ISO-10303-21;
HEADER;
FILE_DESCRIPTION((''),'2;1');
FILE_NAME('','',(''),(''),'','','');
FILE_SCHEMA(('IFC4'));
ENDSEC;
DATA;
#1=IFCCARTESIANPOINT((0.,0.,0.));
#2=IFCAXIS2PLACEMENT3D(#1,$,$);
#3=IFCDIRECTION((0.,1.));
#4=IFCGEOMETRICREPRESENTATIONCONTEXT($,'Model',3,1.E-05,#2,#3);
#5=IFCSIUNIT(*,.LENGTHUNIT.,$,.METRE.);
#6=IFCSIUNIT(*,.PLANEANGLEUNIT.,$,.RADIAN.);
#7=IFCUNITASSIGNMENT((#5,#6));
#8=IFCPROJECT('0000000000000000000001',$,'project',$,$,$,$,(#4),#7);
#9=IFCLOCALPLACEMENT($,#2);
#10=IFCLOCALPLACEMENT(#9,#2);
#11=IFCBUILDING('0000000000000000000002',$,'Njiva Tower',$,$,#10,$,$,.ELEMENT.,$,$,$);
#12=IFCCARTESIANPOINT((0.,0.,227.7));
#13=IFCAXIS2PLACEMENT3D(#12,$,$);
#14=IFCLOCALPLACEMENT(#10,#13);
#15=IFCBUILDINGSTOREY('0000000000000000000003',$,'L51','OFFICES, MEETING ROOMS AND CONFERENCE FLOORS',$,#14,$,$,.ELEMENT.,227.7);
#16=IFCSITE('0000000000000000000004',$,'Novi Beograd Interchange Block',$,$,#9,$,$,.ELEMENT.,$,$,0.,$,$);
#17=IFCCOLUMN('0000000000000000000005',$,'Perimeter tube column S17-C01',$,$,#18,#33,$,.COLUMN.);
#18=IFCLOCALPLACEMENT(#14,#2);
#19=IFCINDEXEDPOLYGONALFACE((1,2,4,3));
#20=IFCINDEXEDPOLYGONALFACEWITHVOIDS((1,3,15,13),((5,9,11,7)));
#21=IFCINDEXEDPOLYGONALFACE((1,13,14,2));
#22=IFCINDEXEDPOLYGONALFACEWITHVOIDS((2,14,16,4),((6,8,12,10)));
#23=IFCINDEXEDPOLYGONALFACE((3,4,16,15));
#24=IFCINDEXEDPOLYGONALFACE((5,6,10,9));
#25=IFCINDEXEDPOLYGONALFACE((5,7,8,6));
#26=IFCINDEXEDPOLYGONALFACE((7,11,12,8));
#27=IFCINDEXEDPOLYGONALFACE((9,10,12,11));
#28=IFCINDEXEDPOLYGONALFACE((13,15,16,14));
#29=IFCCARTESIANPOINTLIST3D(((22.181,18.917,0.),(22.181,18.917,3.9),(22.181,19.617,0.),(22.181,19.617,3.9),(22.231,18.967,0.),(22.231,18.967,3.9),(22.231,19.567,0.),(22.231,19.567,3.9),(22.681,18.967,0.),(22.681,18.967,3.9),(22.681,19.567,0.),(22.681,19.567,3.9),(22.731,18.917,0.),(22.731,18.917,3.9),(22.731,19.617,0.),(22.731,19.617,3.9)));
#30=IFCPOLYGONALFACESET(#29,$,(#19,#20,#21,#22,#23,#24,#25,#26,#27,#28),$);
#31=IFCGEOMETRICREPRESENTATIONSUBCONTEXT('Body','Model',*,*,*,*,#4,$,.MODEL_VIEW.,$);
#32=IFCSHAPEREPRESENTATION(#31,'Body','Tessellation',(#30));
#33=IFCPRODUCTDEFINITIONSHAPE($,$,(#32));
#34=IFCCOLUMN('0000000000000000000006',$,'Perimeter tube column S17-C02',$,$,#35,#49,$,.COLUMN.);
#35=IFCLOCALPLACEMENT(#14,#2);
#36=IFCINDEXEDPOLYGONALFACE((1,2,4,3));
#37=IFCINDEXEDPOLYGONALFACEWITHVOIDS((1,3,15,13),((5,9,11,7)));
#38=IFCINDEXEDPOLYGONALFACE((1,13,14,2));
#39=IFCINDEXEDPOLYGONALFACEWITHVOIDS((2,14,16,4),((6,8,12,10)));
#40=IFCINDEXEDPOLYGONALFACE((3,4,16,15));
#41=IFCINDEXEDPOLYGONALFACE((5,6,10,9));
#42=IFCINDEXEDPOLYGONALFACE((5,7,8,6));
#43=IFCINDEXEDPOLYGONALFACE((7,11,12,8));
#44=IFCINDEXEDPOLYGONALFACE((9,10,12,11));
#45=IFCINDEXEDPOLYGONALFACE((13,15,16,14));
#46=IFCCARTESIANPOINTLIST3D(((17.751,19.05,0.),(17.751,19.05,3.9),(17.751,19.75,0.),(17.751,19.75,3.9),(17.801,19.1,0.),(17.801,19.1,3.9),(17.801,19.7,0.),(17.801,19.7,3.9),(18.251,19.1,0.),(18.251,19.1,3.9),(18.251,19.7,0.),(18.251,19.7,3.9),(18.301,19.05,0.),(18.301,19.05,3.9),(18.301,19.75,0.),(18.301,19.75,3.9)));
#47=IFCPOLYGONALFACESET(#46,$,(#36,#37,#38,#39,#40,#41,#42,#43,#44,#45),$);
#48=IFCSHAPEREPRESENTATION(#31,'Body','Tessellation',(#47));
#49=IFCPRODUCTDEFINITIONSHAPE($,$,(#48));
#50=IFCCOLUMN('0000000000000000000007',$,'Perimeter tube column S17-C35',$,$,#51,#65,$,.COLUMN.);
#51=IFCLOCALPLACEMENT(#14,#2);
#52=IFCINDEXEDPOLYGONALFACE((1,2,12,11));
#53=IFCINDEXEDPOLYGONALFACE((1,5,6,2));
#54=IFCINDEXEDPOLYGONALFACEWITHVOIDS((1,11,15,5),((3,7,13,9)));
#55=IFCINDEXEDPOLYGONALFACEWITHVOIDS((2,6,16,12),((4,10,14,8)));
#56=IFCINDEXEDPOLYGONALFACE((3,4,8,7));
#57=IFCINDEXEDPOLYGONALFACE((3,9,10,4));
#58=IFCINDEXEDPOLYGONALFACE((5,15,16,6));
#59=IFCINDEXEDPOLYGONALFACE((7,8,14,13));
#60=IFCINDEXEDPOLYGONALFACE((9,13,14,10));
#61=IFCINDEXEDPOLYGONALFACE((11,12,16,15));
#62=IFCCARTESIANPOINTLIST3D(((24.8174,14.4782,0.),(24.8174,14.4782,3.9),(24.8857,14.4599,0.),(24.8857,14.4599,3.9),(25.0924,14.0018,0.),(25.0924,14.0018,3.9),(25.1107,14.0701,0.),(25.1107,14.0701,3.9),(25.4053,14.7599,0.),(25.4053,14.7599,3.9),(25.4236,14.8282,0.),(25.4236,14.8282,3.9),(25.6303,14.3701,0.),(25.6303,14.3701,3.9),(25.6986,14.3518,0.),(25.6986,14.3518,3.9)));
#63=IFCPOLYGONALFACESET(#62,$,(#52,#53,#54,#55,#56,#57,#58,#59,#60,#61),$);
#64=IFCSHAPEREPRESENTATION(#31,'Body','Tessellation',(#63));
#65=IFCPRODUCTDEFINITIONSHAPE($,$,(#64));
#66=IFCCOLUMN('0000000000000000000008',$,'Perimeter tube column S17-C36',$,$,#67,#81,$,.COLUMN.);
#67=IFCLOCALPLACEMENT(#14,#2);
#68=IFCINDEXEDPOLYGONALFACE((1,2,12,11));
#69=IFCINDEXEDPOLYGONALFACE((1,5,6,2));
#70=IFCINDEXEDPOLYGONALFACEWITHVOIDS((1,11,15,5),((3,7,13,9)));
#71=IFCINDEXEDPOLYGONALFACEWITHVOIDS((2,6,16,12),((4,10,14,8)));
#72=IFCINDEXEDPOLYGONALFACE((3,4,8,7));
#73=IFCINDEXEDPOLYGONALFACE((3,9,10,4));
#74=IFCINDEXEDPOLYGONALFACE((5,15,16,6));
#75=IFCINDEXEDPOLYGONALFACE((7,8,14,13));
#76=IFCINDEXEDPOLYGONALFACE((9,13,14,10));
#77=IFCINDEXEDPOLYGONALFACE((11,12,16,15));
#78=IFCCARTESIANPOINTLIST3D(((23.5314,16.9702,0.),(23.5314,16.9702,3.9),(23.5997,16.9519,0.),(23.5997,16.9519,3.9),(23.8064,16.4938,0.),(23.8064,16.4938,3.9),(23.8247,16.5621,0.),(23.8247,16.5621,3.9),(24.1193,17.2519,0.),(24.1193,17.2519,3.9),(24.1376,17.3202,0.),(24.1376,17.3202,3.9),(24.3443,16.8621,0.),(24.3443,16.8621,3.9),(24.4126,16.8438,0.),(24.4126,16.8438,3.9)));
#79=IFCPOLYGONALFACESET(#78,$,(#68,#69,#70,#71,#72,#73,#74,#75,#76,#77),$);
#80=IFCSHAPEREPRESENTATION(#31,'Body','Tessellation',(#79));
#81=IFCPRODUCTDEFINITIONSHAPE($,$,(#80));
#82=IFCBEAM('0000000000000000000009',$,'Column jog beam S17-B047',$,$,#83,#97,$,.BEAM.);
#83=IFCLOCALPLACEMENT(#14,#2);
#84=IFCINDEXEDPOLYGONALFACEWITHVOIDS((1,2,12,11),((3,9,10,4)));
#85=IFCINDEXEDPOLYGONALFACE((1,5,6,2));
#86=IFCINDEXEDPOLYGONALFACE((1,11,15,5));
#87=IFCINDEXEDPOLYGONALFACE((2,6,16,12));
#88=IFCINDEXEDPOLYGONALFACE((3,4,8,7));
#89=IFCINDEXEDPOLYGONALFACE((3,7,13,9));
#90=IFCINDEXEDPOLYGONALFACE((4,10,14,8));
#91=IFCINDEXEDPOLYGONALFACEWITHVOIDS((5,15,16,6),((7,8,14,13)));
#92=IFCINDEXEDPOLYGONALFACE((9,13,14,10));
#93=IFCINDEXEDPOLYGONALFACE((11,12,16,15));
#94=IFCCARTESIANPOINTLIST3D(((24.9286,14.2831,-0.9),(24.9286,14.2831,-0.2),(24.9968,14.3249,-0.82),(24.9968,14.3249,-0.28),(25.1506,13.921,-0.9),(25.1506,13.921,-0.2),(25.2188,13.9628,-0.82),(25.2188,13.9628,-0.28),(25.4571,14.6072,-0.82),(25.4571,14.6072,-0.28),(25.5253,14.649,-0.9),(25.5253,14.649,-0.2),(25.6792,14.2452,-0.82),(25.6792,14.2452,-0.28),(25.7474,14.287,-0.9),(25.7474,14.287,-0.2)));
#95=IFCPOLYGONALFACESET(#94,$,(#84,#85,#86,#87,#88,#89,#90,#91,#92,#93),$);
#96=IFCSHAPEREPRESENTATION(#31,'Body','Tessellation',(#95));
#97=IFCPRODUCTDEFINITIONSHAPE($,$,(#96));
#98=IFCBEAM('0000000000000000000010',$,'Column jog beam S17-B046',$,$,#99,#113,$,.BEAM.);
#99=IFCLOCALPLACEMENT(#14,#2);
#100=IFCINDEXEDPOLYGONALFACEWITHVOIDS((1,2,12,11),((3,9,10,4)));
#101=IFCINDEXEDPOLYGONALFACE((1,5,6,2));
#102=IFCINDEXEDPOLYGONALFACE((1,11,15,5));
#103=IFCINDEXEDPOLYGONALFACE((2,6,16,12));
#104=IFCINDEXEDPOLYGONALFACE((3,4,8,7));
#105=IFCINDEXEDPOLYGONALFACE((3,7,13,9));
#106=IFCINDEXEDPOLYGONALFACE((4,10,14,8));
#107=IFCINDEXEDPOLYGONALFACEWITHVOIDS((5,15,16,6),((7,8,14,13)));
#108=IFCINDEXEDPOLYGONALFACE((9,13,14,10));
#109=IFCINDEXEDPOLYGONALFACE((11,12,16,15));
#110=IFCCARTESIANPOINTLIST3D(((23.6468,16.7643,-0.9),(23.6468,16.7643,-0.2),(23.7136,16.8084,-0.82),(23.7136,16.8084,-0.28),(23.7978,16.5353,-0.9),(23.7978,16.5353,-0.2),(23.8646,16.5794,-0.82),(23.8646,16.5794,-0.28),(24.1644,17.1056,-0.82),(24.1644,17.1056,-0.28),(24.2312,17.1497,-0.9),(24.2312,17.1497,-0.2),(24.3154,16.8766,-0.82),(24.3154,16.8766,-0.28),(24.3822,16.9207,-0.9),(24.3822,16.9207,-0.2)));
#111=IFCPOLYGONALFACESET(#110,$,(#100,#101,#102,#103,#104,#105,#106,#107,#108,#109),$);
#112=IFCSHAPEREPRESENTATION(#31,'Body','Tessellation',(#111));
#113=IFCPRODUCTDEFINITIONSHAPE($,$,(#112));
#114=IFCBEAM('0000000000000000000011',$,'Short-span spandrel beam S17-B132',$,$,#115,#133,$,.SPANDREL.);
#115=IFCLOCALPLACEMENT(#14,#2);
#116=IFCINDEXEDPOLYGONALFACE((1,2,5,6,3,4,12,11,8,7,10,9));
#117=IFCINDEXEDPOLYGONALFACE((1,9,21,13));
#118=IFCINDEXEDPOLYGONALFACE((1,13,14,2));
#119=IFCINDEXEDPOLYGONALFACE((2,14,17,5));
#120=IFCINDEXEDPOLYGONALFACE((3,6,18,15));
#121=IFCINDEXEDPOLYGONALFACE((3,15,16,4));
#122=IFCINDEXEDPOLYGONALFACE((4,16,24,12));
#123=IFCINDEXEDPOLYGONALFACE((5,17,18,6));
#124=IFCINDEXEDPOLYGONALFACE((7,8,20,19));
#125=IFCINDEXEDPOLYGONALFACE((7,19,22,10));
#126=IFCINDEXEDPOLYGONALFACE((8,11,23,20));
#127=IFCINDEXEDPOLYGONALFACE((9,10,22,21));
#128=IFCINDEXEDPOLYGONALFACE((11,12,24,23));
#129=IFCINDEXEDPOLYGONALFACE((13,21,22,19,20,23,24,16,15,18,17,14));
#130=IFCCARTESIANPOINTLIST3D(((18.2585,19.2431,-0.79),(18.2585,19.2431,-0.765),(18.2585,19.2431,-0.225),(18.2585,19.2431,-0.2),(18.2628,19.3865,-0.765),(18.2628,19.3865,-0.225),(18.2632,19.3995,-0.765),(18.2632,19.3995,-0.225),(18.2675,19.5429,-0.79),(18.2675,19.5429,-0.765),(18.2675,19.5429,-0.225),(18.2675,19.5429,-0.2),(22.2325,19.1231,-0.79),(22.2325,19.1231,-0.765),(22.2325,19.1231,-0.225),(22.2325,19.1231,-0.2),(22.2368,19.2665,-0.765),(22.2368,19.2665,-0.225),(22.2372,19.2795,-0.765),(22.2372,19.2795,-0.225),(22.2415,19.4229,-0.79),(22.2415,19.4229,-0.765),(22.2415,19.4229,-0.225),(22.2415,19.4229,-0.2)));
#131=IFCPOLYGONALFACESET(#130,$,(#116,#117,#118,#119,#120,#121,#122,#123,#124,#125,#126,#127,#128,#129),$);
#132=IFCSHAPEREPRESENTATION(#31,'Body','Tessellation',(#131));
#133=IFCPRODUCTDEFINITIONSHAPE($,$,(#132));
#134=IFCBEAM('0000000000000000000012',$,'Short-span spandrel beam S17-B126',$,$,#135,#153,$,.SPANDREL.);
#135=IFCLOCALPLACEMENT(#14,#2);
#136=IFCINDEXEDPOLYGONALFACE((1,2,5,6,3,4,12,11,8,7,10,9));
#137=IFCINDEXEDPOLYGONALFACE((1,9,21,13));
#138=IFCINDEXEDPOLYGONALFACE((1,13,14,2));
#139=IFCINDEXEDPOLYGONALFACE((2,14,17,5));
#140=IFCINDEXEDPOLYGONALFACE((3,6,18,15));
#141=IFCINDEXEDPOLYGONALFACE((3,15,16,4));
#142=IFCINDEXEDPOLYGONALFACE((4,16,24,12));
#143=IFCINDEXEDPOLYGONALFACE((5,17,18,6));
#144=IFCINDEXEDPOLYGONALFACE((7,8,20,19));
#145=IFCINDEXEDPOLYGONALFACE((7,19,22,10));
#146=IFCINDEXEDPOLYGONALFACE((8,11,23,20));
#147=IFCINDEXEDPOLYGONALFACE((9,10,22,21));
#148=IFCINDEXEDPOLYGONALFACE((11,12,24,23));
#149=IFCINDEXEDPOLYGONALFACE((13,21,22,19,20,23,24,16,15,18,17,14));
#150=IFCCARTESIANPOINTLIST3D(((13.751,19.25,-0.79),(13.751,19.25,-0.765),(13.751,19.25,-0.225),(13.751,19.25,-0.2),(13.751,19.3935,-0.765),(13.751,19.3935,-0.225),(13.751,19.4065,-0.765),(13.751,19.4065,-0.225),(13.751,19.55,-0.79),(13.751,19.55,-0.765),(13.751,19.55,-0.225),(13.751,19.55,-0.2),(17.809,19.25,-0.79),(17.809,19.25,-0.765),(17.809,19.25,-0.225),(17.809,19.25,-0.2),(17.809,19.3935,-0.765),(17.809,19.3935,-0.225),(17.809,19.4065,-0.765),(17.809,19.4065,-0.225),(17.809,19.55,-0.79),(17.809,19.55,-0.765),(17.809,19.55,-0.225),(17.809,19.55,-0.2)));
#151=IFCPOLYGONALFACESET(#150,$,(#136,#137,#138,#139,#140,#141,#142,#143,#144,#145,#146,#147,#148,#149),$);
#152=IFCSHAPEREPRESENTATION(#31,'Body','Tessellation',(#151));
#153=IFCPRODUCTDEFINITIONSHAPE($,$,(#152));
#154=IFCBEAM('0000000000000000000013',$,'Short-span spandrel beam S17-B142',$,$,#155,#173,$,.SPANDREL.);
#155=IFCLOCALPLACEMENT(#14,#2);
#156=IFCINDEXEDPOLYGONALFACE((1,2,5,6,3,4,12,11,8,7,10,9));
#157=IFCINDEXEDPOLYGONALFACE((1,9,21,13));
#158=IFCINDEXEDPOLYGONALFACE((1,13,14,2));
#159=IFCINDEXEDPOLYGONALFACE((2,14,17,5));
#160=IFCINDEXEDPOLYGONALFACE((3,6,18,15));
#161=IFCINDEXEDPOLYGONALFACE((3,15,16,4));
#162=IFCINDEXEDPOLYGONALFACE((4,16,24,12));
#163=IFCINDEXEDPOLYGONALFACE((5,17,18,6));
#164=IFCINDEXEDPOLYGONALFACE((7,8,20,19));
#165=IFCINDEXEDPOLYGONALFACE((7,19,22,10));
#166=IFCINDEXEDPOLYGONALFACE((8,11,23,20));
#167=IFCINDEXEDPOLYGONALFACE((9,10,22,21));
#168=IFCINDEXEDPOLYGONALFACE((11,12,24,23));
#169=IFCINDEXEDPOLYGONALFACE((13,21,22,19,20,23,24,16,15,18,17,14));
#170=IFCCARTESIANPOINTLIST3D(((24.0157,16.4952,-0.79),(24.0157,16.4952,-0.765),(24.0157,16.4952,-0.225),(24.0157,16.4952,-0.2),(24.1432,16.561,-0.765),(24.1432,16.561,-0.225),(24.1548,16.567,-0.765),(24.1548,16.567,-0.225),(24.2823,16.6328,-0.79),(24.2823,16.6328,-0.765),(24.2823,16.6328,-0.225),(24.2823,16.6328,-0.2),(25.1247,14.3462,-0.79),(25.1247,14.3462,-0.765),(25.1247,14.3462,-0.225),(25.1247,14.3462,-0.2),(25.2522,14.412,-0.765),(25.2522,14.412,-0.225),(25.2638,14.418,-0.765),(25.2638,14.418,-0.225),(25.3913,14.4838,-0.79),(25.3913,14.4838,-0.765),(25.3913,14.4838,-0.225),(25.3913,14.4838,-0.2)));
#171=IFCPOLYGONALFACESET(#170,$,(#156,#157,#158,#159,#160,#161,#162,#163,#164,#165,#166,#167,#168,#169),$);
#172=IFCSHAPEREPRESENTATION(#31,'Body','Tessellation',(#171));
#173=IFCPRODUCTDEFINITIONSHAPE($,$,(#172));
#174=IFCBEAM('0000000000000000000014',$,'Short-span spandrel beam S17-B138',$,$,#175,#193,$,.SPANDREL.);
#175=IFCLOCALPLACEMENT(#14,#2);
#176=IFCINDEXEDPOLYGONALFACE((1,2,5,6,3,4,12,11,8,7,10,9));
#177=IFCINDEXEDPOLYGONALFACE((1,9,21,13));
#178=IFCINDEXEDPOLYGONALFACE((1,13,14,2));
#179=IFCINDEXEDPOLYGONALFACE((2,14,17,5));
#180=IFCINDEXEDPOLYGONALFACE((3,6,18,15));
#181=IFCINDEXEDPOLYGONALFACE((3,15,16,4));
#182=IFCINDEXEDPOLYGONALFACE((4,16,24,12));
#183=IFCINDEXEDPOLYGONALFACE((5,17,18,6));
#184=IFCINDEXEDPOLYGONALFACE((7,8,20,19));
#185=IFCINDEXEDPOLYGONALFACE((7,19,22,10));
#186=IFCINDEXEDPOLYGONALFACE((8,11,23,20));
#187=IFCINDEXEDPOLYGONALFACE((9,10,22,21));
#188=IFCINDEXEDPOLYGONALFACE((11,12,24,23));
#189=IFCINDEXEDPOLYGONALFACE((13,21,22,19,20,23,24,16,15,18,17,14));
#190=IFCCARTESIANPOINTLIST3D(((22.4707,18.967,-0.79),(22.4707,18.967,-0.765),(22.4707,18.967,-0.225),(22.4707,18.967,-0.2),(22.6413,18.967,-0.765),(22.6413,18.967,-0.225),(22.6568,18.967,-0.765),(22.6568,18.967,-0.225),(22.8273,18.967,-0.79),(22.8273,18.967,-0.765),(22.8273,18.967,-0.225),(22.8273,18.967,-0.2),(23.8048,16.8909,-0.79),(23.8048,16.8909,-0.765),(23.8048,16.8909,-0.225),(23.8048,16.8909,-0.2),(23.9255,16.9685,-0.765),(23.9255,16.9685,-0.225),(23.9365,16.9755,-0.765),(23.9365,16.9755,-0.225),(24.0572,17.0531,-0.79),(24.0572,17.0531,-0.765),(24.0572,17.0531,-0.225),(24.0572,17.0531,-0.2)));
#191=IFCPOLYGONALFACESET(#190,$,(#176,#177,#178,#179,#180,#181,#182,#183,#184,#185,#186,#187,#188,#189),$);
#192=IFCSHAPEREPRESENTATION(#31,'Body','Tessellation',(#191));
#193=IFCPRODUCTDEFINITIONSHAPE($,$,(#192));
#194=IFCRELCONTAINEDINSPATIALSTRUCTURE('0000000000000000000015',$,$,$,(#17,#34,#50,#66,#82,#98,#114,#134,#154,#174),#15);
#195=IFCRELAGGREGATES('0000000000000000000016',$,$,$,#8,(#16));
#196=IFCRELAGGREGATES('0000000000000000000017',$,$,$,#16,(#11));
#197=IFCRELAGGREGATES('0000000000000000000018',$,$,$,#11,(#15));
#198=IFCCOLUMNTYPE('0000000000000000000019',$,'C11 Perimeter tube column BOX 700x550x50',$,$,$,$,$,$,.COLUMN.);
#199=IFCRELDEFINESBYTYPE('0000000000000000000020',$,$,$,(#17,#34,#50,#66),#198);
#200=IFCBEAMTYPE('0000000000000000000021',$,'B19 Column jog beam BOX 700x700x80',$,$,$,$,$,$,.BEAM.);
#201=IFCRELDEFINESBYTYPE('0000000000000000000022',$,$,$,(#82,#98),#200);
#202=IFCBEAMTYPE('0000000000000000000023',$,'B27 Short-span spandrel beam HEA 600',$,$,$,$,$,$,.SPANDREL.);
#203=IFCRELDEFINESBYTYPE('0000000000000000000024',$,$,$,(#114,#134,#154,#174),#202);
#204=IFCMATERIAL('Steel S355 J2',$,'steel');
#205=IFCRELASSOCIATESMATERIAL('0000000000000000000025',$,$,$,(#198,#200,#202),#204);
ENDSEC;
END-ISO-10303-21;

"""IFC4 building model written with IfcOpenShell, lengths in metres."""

from ifc_helpers import new_model, si_unit, direction, frame, origin, origin_2d, place, context, subcontext, project, spatial, hollow_rectangle, i_section, extrude, clip, halfspace, material, material_profile, profile_set, type_object, element, save


model = new_model("IFC4")

# Units and contexts
model_context = context("Model", 3, precision=1e-05, world=origin(), true_north=direction((0.0, 1.0)))
body_context = subcontext(model_context, "Body", "Model", "MODEL_VIEW")
ifc_project = project(units=[si_unit("LENGTHUNIT", "METRE"), si_unit("PLANEANGLEUNIT", "RADIAN")], contexts=[model_context])

# Site, building, storey
site_placement = place(None, origin())
site = spatial("IfcSite", under=ifc_project, at=site_placement, Name="Novi Beograd Interchange Block", CompositionType="ELEMENT", RefElevation=0.0)
building_placement = place(site_placement, origin())
building = spatial("IfcBuilding", under=site, at=building_placement, Name="Njiva Tower", CompositionType="ELEMENT")
storey_placement = place(building_placement, frame((0.0, 0.0, 227.7)))
storey = spatial("IfcBuildingStorey", under=building, at=storey_placement, Name="L51", Description="OFFICES, MEETING ROOMS AND CONFERENCE FLOORS", CompositionType="ELEMENT", Elevation=227.7)

# Columns
ifc_material_1 = material(Name="Steel S355 J2", Category="steel")
ifc_material_profile_1 = material_profile(ifc_material_1, hollow_rectangle(XDim=0.55, YDim=0.7, WallThickness=0.05, at=origin_2d()), Name="BOX 700x550x50")
ifc_profile_set_1 = profile_set([ifc_material_profile_1], Name="Steel S355 J2")
column_type = type_object("IfcColumnType", Name="C11 Perimeter tube column BOX 700x550x50", PredefinedType="COLUMN", material=ifc_profile_set_1)
for number, where, z_axis, x_axis, name in (
    (1, (22.456, 19.267, 0.0), (0.0, 0.0, 1.0), (-1.0, 0.0, 0.0), "Perimeter tube column S17-C01"),
    (2, (18.026, 19.4, 0.0), (0.0, 0.0, 1.0), (-1.0, 0.0, 0.0), "Perimeter tube column S17-C02"),
    (3, (25.258, 14.415, 0.0), (0.0, 0.0, 1.0), (-0.5, 0.866025, 0.0), "Perimeter tube column S17-C35"),
    (4, (23.972, 16.907, 0.0), (0.0, 0.0, 1.0), (-0.5, 0.866025, 0.0), "Perimeter tube column S17-C36"),
):
    element("IfcColumn", number, at=place(storey_placement, frame(where, z_axis=z_axis, x_axis=x_axis)), inside=storey, type_object=column_type, Name=name, PredefinedType="COLUMN", context=body_context, shape_type="SweptSolid", body=[
        extrude(hollow_rectangle(XDim=0.55, YDim=0.7, WallThickness=0.05, at=origin_2d()), origin(), (0.0, 0.0, 1.0), 3.9),
    ])

# Beams
ifc_material_profile_2 = material_profile(ifc_material_1, hollow_rectangle(XDim=0.7, YDim=0.7, WallThickness=0.08, at=origin_2d()), Name="BOX 700x700x80")
ifc_profile_set_2 = profile_set([ifc_material_profile_2], Name="Steel S355 J2")
beam_type_1 = type_object("IfcBeamType", Name="B19 Column jog beam BOX 700x700x80", PredefinedType="BEAM", material=ifc_profile_set_2)
beam_1_placement = place(storey_placement, frame((25.449, 14.104, -0.55), z_axis=(-0.522783, 0.852466, 0.0), x_axis=(-0.852466, -0.522783, 0.0)))
element("IfcBeam", 5, at=beam_1_placement, inside=storey, type_object=beam_type_1, Name="Column jog beam S17-B047", PredefinedType="BEAM", context=body_context, shape_type="SweptSolid", body=[
    extrude(hollow_rectangle(XDim=0.7, YDim=0.7, WallThickness=0.08, at=origin_2d()), origin(), (0.0, 0.0, 1.0), 0.4247),
])
beam_2_placement = place(storey_placement, frame((24.09, 16.728, -0.55), z_axis=(-0.550487, 0.834844, 0.0), x_axis=(-0.834844, -0.550487, 0.0)))
element("IfcBeam", 6, at=beam_2_placement, inside=storey, type_object=beam_type_1, Name="Column jog beam S17-B046", PredefinedType="BEAM", context=body_context, shape_type="SweptSolid", body=[
    extrude(hollow_rectangle(XDim=0.7, YDim=0.7, WallThickness=0.08, at=origin_2d()), origin(), (0.0, 0.0, 1.0), 0.2743),
])
ifc_material_profile_3 = material_profile(ifc_material_1, i_section(OverallWidth=0.3, OverallDepth=0.59, WebThickness=0.013, FlangeThickness=0.025, at=origin_2d()), Name="HEA 600")
ifc_profile_set_3 = profile_set([ifc_material_profile_3], Name="Steel S355 J2")
beam_type_2 = type_object("IfcBeamType", Name="B27 Short-span spandrel beam HEA 600", PredefinedType="SPANDREL", material=ifc_profile_set_3)
beam_3_placement = place(storey_placement, frame((22.237, 19.273, -0.495), z_axis=(-0.999544, 0.030183, 0.0), x_axis=(-0.030183, -0.999544, 0.0)))
element("IfcBeam", 7, at=beam_3_placement, inside=storey, type_object=beam_type_2, Name="Short-span spandrel beam S17-B132", PredefinedType="SPANDREL", context=body_context, shape_type="SweptSolid", body=[
    extrude(i_section(OverallWidth=0.3, OverallDepth=0.59, WebThickness=0.013, FlangeThickness=0.025, at=origin_2d()), origin(), (0.0, 0.0, 1.0), 3.9758),
])
beam_4_placement = place(storey_placement, frame((17.809, 19.4, -0.495), z_axis=(-1.0, 0.0, 0.0), x_axis=(0.0, -1.0, 0.0)))
element("IfcBeam", 8, at=beam_4_placement, inside=storey, type_object=beam_type_2, Name="Short-span spandrel beam S17-B126", PredefinedType="SPANDREL", context=body_context, shape_type="SweptSolid", body=[
    extrude(i_section(OverallWidth=0.3, OverallDepth=0.59, WebThickness=0.013, FlangeThickness=0.025, at=origin_2d()), origin(), (0.0, 0.0, 1.0), 4.058),
])
beam_5_placement = place(storey_placement, frame((25.258, 14.415, -0.495), z_axis=(-0.45859, 0.888648, 0.0), x_axis=(-0.888648, -0.45859, 0.0)))
element("IfcBeam", 9, at=beam_5_placement, inside=storey, type_object=beam_type_2, Name="Short-span spandrel beam S17-B142", PredefinedType="SPANDREL", context=body_context, shape_type="SweptSolid", body=[
    extrude(i_section(OverallWidth=0.3, OverallDepth=0.59, WebThickness=0.013, FlangeThickness=0.025, at=origin_2d()), origin(), (0.0, 0.0, 1.0), 2.4183),
])
beam_6_placement = place(storey_placement, frame((23.931, 16.972, -0.495), z_axis=(-0.540608, 0.841274, 0.0), x_axis=(-0.841274, -0.540608, 0.0)))
element("IfcBeam", 10, at=beam_6_placement, inside=storey, type_object=beam_type_2, Name="Short-span spandrel beam S17-B138", PredefinedType="SPANDREL", context=body_context, shape_type="Clipping", body=[
    clip(extrude(i_section(OverallWidth=0.3, OverallDepth=0.59, WebThickness=0.013, FlangeThickness=0.025, at=origin_2d()), origin(), (0.0, 0.0, 1.0), 2.4874), halfspace(frame((-0.027, 0.0, 2.354), z_axis=(-0.540608, 0.0, 0.841274), x_axis=(0.0, 1.0, 0.0)), False)),
])

save(model, "model.ifc")
